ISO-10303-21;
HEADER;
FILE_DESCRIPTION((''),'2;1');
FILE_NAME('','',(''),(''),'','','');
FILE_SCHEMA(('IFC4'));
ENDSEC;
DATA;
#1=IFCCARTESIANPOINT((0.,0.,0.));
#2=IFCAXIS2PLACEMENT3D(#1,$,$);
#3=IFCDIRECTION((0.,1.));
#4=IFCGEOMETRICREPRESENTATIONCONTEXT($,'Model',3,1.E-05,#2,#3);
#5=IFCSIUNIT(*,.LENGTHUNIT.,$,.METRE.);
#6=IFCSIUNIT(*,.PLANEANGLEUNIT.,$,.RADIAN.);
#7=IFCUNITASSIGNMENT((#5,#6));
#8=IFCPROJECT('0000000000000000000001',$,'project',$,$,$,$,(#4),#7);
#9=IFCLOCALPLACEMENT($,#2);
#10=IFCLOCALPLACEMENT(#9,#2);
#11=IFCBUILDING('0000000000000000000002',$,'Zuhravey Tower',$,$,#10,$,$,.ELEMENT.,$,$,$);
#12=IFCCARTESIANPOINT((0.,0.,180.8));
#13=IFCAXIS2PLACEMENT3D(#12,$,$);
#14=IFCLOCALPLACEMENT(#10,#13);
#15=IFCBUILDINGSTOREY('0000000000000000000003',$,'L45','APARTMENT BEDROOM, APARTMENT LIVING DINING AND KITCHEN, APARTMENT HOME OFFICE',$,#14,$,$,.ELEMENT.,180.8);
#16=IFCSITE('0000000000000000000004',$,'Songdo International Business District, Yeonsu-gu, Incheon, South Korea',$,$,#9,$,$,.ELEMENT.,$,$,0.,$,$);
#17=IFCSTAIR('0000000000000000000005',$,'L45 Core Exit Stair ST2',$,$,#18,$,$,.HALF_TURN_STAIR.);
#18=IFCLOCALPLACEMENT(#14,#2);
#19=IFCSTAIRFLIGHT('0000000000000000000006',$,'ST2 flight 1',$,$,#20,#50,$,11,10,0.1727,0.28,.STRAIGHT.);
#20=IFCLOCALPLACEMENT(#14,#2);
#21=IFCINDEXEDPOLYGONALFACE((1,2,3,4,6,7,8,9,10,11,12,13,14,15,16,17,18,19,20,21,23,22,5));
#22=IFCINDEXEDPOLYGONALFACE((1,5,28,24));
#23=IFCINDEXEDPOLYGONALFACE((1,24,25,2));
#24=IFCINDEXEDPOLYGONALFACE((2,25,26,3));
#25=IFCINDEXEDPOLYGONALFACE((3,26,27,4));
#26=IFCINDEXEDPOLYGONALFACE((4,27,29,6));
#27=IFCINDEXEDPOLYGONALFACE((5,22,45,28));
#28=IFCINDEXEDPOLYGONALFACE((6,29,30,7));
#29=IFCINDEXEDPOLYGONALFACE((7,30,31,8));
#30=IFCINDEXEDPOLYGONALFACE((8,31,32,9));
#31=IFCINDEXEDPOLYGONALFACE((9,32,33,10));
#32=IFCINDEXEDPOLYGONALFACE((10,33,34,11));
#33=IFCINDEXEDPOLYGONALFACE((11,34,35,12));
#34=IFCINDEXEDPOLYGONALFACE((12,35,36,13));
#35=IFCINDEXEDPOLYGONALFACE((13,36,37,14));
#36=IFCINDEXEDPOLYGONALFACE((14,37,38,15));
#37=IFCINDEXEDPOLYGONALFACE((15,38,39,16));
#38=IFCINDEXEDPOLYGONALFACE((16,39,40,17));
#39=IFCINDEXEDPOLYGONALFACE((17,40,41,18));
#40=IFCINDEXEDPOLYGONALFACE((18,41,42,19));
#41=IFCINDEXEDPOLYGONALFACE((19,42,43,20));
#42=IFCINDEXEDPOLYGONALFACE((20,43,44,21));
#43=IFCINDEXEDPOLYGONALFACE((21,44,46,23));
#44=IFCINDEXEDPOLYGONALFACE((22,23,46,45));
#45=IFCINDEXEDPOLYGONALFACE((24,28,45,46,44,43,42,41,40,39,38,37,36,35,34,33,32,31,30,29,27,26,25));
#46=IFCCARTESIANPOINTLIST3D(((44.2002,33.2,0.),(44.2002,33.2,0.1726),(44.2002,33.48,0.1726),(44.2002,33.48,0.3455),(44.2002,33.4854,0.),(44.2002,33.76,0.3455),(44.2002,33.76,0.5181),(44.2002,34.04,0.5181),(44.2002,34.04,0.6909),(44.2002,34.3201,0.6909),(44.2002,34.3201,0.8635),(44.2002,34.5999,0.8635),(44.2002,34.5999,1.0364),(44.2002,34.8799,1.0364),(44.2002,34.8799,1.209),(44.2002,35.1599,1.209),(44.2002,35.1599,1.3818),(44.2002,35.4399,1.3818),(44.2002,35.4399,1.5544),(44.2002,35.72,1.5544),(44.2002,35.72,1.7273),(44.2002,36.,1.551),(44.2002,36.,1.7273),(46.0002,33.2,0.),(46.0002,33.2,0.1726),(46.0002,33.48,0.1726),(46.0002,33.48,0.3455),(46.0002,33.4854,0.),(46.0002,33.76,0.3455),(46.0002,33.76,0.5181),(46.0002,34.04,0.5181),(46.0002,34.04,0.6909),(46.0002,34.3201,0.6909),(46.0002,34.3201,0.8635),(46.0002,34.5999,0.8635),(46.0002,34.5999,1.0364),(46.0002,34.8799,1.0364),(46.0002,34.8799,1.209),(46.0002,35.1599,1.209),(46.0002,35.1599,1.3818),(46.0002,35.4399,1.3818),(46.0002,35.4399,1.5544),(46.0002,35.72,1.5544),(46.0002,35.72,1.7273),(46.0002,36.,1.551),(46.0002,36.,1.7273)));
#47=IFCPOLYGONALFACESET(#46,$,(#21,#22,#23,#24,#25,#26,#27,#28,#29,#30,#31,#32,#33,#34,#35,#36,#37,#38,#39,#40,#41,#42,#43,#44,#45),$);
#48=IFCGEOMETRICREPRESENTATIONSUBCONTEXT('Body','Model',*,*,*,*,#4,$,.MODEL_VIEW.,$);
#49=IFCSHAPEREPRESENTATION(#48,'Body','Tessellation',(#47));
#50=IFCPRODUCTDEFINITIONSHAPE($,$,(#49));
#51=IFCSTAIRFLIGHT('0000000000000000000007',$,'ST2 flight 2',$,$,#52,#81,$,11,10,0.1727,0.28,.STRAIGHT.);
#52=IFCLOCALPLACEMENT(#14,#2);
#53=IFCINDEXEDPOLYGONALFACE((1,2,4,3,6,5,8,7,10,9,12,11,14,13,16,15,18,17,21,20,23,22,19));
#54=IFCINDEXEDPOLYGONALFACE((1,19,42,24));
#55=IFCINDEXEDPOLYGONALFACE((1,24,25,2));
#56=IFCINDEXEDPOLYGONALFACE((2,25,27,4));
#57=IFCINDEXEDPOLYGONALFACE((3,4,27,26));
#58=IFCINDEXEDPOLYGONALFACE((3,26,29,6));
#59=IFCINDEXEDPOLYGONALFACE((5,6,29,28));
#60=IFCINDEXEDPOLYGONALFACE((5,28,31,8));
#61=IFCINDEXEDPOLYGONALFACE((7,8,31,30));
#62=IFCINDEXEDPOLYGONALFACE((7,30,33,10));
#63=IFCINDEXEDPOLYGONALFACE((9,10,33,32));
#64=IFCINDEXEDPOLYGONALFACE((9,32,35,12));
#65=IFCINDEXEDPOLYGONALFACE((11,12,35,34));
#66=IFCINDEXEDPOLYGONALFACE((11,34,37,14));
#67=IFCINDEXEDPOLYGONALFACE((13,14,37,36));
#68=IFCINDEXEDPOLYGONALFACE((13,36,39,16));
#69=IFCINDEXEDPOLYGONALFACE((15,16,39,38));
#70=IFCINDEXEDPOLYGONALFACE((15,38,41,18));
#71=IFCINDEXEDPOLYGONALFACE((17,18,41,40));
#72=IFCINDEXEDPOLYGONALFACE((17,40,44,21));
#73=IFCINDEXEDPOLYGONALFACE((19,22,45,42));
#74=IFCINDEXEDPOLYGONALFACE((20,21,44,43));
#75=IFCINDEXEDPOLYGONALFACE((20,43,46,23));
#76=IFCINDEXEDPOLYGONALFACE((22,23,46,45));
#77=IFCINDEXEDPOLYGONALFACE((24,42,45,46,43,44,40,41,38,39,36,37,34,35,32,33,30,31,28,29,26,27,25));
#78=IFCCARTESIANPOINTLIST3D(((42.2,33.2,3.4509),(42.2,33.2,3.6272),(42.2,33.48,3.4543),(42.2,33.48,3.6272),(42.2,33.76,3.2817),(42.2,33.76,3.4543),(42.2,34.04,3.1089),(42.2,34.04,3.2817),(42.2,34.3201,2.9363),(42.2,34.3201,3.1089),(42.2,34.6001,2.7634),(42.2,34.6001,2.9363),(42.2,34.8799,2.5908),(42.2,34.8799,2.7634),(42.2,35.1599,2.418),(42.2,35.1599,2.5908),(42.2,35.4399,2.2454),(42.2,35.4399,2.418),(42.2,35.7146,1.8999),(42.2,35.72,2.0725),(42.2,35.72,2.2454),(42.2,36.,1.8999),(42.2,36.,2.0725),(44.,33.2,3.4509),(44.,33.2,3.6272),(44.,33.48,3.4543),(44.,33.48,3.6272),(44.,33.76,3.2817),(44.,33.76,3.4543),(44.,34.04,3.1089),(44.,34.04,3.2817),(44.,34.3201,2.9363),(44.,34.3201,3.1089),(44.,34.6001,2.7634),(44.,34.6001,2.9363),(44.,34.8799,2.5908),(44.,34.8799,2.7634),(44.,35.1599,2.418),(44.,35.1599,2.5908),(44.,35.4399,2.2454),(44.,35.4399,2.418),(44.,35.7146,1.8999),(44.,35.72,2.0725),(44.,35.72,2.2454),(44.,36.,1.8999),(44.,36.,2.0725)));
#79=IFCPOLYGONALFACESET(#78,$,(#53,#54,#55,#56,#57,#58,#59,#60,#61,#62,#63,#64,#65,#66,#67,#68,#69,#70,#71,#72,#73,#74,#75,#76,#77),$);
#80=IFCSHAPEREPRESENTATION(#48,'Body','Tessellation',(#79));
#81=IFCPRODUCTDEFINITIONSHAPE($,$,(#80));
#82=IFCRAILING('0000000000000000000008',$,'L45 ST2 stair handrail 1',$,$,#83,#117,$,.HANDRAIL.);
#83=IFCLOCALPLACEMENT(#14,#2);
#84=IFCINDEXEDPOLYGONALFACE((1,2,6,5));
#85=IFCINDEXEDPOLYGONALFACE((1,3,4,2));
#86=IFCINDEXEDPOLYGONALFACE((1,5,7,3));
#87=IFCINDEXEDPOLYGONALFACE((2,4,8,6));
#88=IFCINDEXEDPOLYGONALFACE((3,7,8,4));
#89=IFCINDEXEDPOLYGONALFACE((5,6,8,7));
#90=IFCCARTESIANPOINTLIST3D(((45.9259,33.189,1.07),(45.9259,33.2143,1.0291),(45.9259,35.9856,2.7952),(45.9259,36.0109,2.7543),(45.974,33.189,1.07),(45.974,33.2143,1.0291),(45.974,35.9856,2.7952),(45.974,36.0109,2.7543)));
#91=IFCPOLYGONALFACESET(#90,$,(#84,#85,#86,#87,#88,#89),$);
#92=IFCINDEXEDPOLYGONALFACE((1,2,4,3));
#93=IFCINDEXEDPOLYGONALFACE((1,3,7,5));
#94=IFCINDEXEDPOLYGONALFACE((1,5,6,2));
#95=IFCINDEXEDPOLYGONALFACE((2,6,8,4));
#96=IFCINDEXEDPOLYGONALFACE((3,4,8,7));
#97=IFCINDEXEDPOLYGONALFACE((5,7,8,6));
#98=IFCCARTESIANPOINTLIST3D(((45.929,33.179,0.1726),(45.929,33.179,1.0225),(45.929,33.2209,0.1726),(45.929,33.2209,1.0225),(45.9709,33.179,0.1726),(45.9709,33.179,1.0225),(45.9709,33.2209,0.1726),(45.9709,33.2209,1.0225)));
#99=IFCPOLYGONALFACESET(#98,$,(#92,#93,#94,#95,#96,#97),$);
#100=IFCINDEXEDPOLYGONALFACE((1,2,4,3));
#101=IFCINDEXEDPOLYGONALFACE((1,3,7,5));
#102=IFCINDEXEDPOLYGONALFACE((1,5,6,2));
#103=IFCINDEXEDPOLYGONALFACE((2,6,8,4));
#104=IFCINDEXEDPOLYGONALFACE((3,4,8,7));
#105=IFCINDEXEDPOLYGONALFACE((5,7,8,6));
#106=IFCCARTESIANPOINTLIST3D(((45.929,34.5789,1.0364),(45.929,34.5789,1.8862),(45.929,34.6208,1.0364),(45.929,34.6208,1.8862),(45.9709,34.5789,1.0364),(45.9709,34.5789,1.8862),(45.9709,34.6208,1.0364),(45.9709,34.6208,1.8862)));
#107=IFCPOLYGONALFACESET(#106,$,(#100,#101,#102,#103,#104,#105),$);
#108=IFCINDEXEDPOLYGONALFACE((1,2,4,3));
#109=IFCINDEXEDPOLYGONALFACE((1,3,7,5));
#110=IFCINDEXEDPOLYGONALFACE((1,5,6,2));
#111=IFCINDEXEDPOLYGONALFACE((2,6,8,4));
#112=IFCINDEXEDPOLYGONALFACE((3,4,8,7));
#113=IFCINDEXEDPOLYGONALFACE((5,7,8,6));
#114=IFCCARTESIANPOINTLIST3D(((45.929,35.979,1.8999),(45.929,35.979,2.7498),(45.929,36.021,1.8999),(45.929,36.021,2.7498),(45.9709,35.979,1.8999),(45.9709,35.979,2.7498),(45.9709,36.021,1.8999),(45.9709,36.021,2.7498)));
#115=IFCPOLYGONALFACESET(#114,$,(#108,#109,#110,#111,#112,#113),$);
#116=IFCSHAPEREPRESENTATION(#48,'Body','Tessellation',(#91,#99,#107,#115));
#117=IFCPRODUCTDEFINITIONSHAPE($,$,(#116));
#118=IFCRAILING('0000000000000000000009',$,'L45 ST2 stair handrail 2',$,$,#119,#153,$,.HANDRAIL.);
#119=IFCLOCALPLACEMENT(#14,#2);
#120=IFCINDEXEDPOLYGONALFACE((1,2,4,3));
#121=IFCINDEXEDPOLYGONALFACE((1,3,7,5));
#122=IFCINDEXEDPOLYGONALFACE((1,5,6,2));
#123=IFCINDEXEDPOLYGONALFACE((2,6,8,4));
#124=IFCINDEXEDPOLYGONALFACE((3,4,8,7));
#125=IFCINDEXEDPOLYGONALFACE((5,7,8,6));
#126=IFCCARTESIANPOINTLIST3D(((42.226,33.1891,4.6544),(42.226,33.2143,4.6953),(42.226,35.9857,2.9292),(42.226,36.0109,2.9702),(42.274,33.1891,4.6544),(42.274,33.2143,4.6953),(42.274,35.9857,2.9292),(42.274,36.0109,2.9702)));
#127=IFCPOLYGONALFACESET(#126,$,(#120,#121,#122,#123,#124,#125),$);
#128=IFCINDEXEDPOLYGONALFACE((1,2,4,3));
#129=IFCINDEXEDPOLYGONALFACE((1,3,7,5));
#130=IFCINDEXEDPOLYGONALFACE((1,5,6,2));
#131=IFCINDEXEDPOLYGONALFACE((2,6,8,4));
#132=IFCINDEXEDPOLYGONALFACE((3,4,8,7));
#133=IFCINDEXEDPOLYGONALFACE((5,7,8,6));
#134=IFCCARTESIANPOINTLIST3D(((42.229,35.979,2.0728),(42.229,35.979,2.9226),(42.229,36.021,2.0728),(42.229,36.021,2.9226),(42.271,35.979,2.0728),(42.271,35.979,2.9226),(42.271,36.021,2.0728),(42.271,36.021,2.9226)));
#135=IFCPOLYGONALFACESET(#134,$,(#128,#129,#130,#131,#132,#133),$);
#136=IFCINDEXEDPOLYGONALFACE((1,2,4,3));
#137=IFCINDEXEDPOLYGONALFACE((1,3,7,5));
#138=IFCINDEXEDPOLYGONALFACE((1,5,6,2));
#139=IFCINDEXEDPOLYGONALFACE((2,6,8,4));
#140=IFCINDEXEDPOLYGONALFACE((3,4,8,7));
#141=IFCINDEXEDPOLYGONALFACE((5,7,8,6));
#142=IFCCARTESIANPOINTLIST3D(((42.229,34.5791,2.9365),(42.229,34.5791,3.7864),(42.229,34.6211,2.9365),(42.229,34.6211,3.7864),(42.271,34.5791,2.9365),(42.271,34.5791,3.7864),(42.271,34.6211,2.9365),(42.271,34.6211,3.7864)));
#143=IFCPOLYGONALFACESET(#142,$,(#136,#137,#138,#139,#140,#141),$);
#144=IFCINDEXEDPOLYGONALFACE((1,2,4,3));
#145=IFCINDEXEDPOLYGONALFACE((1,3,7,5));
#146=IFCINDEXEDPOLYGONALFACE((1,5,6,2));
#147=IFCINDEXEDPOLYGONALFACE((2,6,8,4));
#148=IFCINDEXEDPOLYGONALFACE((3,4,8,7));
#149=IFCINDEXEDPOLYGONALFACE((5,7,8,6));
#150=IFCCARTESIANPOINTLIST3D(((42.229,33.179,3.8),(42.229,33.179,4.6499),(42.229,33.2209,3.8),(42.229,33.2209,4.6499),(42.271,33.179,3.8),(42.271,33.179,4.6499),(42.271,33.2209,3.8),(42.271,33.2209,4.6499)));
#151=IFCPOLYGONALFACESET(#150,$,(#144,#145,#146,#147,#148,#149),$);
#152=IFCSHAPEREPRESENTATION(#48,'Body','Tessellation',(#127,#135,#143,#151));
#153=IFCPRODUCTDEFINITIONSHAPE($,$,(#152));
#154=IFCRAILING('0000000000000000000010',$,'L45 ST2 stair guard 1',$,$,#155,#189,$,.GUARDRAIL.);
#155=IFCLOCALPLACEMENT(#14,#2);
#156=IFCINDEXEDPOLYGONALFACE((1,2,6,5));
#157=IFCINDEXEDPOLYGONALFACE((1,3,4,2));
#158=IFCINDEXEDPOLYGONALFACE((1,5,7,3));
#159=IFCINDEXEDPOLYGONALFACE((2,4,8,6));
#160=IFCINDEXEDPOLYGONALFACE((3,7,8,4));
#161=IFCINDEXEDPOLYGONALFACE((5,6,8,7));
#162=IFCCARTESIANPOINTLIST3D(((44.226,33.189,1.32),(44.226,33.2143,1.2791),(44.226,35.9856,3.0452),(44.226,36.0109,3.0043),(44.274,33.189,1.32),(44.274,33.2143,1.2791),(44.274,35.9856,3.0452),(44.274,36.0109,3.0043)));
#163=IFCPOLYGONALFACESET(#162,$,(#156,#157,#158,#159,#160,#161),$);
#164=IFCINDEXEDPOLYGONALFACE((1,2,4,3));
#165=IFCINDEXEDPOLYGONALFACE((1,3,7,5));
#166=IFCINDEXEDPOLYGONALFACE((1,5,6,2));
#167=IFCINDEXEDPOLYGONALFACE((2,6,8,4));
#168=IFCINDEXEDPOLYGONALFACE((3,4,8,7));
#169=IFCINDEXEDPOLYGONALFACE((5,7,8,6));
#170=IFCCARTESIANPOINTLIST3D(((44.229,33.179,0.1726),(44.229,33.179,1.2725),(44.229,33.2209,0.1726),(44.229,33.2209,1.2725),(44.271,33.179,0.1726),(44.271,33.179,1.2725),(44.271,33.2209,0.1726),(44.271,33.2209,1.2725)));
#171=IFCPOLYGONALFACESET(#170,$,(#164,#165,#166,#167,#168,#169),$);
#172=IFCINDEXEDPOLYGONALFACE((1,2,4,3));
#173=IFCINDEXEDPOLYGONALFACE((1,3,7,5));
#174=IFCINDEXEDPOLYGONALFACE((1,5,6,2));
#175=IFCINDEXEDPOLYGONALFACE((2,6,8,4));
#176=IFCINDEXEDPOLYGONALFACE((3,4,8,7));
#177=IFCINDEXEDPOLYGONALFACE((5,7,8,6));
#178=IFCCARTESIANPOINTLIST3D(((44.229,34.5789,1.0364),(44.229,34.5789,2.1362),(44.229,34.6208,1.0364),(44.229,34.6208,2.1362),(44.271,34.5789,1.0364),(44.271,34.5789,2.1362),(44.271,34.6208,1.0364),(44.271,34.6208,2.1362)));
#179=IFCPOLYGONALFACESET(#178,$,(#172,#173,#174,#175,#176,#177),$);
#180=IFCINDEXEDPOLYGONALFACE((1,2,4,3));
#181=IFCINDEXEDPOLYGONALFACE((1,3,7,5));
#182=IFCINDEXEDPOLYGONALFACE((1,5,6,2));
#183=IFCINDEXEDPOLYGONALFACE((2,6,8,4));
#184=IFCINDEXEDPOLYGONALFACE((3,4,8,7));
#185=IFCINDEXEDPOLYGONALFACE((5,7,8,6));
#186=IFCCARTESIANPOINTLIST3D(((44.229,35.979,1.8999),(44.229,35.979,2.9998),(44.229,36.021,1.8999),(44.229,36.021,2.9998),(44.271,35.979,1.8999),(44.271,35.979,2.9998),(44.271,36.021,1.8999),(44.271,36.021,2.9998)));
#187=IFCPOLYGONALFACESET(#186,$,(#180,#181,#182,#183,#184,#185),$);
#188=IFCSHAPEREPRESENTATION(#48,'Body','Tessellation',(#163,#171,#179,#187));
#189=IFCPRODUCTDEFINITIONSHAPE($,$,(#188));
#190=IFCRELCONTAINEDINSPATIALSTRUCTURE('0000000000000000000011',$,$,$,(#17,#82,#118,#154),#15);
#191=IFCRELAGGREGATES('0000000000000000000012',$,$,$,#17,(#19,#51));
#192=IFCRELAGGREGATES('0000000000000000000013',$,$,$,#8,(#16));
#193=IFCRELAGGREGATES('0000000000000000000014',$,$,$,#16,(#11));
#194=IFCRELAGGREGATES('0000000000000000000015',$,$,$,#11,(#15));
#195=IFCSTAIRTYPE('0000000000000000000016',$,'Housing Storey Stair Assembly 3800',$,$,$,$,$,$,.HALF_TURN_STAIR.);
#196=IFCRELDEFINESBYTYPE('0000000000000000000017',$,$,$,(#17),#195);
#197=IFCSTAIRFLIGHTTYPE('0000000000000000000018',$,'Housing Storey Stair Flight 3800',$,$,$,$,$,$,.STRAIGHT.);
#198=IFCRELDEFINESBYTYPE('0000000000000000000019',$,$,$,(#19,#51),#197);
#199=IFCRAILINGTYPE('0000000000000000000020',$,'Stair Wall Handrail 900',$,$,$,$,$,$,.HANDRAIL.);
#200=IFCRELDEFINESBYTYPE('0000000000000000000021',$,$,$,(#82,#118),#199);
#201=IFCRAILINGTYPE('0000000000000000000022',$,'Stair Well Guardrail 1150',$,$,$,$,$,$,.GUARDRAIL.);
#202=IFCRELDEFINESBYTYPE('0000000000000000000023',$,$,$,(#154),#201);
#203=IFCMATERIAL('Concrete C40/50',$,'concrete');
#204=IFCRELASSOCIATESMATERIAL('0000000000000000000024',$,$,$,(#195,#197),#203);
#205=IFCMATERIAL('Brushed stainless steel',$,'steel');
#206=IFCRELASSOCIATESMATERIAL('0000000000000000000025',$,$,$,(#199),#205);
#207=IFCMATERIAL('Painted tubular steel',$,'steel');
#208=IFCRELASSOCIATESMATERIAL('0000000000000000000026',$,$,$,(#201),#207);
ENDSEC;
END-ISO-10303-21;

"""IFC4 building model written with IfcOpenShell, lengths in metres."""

from ifc_helpers import new_model, si_unit, direction, frame, origin, origin_2d, place, context, subcontext, project, spatial, polyline, rectangle, outline, extrude, material, type_object, element, aggregate, save


model = new_model("IFC4")

# Units and contexts
model_context = context("Model", 3, precision=1e-05, world=origin(), true_north=direction((0.0, 1.0)))
body_context = subcontext(model_context, "Body", "Model", "MODEL_VIEW")
ifc_project = project(units=[si_unit("LENGTHUNIT", "METRE"), si_unit("PLANEANGLEUNIT", "RADIAN")], contexts=[model_context])

# Site, building, storey
site_placement = place(None, origin())
site = spatial("IfcSite", under=ifc_project, at=site_placement, Name="Songdo International Business District, Yeonsu-gu, Incheon, South Korea", CompositionType="ELEMENT", RefElevation=0.0)
building_placement = place(site_placement, origin())
building = spatial("IfcBuilding", under=site, at=building_placement, Name="Zuhravey Tower", CompositionType="ELEMENT")
storey_placement = place(building_placement, frame((0.0, 0.0, 180.8)))
storey = spatial("IfcBuildingStorey", under=building, at=storey_placement, Name="L45", Description="APARTMENT BEDROOM, APARTMENT LIVING DINING AND KITCHEN, APARTMENT HOME OFFICE", CompositionType="ELEMENT", Elevation=180.8)

# Stair, stair flights
ifc_material_1 = material(Name="Concrete C40/50", Category="concrete")
stair_type = type_object("IfcStairType", Name="Housing Storey Stair Assembly 3800", PredefinedType="HALF_TURN_STAIR", material=ifc_material_1)
stair_placement = place(storey_placement, origin())
stair = element("IfcStair", 1, at=stair_placement, inside=storey, type_object=stair_type, Name="L45 Core Exit Stair ST2", PredefinedType="HALF_TURN_STAIR")
stair_flight_type = type_object("IfcStairFlightType", Name="Housing Storey Stair Flight 3800", PredefinedType="STRAIGHT", material=ifc_material_1)
stair_flight_1_placement = place(storey_placement, frame((45.1001, 33.2, 0.0), z_axis=(0.0, 0.0, 1.0), x_axis=(0.0, 1.0, 0.0)))
stair_flight_1 = element("IfcStairFlight", 2, at=stair_flight_1_placement, type_object=stair_flight_type, Name="ST2 flight 1", NumberOfRisers=11, NumberOfTreads=10, PredefinedType="STRAIGHT", RiserHeight=0.1727, TreadLength=0.28, context=body_context, shape_type="SweptSolid", body=[
    extrude(outline(polyline([(0.0, 0.0), (0.0, 0.1726), (0.28, 0.1726), (0.28, 0.3455), (0.5601, 0.3455), (0.5601, 0.5181), (0.8401, 0.5181), (0.8401, 0.6909), (1.1201, 0.6909), (1.1201, 0.8635), (1.3999, 0.8635), (1.3999, 1.0364), (1.6799, 1.0364), (1.6799, 1.209), (1.96, 1.209), (1.96, 1.3818), (2.24, 1.3818), (2.24, 1.5544), (2.52, 1.5544), (2.52, 1.7273), (2.8, 1.7273), (2.8, 1.8999), (2.8, 1.551), (0.2854, 0.0), (0.0, 0.0)])), frame((0.0, 0.8999, 0.0), z_axis=(0.0, -1.0, 0.0), x_axis=(1.0, 0.0, 0.0)), (0.0, 0.0, 1.0), 1.8),
])
stair_flight_2_placement = place(storey_placement, frame((43.1001, 36.0, 1.8999), z_axis=(0.0, 0.0, 1.0), x_axis=(0.0, -1.0, 0.0)))
stair_flight_2 = element("IfcStairFlight", 3, at=stair_flight_2_placement, type_object=stair_flight_type, Name="ST2 flight 2", NumberOfRisers=11, NumberOfTreads=10, PredefinedType="STRAIGHT", RiserHeight=0.1727, TreadLength=0.28, context=body_context, shape_type="SweptSolid", body=[
    extrude(outline(polyline([(0.0, 0.0), (0.0, 0.1726), (0.28, 0.1726), (0.28, 0.3455), (0.5601, 0.3455), (0.5601, 0.5181), (0.8401, 0.5181), (0.8401, 0.6909), (1.1201, 0.6909), (1.1201, 0.8635), (1.3999, 0.8635), (1.3999, 1.0364), (1.6799, 1.0364), (1.6799, 1.209), (1.96, 1.209), (1.96, 1.3818), (2.24, 1.3818), (2.24, 1.5544), (2.52, 1.5544), (2.52, 1.7273), (2.8, 1.7273), (2.8, 1.8999), (2.8, 1.551), (0.2854, 0.0), (0.0, 0.0)])), frame((0.0, 0.8999, 0.0), z_axis=(0.0, -1.0, 0.0), x_axis=(1.0, 0.0, 0.0)), (0.0, 0.0, 1.0), 1.8),
])
aggregate(stair, [stair_flight_1, stair_flight_2])

# Railings
ifc_material_2 = material(Name="Brushed stainless steel", Category="steel")
railing_type_1 = type_object("IfcRailingType", Name="Stair Wall Handrail 900", PredefinedType="HANDRAIL", material=ifc_material_2)
railing_1_placement = place(storey_placement, frame((45.95, 33.2, 0.1726)))
element("IfcRailing", 4, at=railing_1_placement, inside=storey, type_object=railing_type_1, Name="L45 ST2 stair handrail 1", PredefinedType="HANDRAIL", context=body_context, shape_type="SweptSolid", body=[
    extrude(rectangle(XDim=0.0481, YDim=0.0481, at=origin_2d()), frame((0.0, 0.0017, 0.877), z_axis=(0.0, 0.85109, 0.52502), x_axis=(-1.0, 0.0, 0.0)), (0.0, 0.0, 1.0), 3.2859),
    extrude(rectangle(XDim=0.042, YDim=0.042, at=origin_2d()), origin(), (0.0, 0.0, 1.0), 0.8499),
    extrude(rectangle(XDim=0.042, YDim=0.042, at=origin_2d()), frame((0.0, 1.3999, 0.8638)), (0.0, 0.0, 1.0), 0.8499),
    extrude(rectangle(XDim=0.042, YDim=0.042, at=origin_2d()), frame((0.0, 2.8, 1.7273)), (0.0, 0.0, 1.0), 0.8499),
])
railing_2_placement = place(storey_placement, frame((42.25, 36.0, 2.0728)))
element("IfcRailing", 5, at=railing_2_placement, inside=storey, type_object=railing_type_1, Name="L45 ST2 stair handrail 2", PredefinedType="HANDRAIL", context=body_context, shape_type="SweptSolid", body=[
    extrude(rectangle(XDim=0.0481, YDim=0.0481, at=origin_2d()), frame((0.0, -0.0017, 0.877), z_axis=(0.0, -0.85109, 0.52502), x_axis=(1.0, 0.0, 0.0)), (0.0, 0.0, 1.0), 3.2859),
    extrude(rectangle(XDim=0.042, YDim=0.042, at=origin_2d()), origin(), (0.0, 0.0, 1.0), 0.8499),
    extrude(rectangle(XDim=0.042, YDim=0.042, at=origin_2d()), frame((0.0, -1.3999, 0.8638)), (0.0, 0.0, 1.0), 0.8499),
    extrude(rectangle(XDim=0.042, YDim=0.042, at=origin_2d()), frame((0.0, -2.8, 1.7273)), (0.0, 0.0, 1.0), 0.8499),
])
ifc_material_3 = material(Name="Painted tubular steel", Category="steel")
railing_type_2 = type_object("IfcRailingType", Name="Stair Well Guardrail 1150", PredefinedType="GUARDRAIL", material=ifc_material_3)
railing_3_placement = place(storey_placement, frame((44.25, 33.2, 0.1726)))
element("IfcRailing", 6, at=railing_3_placement, inside=storey, type_object=railing_type_2, Name="L45 ST2 stair guard 1", PredefinedType="GUARDRAIL", context=body_context, shape_type="SweptSolid", body=[
    extrude(rectangle(XDim=0.0481, YDim=0.0481, at=origin_2d()), frame((0.0, 0.0017, 1.127), z_axis=(0.0, 0.85109, 0.52502), x_axis=(-1.0, 0.0, 0.0)), (0.0, 0.0, 1.0), 3.2859),
    extrude(rectangle(XDim=0.042, YDim=0.042, at=origin_2d()), origin(), (0.0, 0.0, 1.0), 1.0999),
    extrude(rectangle(XDim=0.042, YDim=0.042, at=origin_2d()), frame((0.0, 1.3999, 0.8638)), (0.0, 0.0, 1.0), 1.0999),
    extrude(rectangle(XDim=0.042, YDim=0.042, at=origin_2d()), frame((0.0, 2.8, 1.7273)), (0.0, 0.0, 1.0), 1.0999),
])

save(model, "model.ifc")
